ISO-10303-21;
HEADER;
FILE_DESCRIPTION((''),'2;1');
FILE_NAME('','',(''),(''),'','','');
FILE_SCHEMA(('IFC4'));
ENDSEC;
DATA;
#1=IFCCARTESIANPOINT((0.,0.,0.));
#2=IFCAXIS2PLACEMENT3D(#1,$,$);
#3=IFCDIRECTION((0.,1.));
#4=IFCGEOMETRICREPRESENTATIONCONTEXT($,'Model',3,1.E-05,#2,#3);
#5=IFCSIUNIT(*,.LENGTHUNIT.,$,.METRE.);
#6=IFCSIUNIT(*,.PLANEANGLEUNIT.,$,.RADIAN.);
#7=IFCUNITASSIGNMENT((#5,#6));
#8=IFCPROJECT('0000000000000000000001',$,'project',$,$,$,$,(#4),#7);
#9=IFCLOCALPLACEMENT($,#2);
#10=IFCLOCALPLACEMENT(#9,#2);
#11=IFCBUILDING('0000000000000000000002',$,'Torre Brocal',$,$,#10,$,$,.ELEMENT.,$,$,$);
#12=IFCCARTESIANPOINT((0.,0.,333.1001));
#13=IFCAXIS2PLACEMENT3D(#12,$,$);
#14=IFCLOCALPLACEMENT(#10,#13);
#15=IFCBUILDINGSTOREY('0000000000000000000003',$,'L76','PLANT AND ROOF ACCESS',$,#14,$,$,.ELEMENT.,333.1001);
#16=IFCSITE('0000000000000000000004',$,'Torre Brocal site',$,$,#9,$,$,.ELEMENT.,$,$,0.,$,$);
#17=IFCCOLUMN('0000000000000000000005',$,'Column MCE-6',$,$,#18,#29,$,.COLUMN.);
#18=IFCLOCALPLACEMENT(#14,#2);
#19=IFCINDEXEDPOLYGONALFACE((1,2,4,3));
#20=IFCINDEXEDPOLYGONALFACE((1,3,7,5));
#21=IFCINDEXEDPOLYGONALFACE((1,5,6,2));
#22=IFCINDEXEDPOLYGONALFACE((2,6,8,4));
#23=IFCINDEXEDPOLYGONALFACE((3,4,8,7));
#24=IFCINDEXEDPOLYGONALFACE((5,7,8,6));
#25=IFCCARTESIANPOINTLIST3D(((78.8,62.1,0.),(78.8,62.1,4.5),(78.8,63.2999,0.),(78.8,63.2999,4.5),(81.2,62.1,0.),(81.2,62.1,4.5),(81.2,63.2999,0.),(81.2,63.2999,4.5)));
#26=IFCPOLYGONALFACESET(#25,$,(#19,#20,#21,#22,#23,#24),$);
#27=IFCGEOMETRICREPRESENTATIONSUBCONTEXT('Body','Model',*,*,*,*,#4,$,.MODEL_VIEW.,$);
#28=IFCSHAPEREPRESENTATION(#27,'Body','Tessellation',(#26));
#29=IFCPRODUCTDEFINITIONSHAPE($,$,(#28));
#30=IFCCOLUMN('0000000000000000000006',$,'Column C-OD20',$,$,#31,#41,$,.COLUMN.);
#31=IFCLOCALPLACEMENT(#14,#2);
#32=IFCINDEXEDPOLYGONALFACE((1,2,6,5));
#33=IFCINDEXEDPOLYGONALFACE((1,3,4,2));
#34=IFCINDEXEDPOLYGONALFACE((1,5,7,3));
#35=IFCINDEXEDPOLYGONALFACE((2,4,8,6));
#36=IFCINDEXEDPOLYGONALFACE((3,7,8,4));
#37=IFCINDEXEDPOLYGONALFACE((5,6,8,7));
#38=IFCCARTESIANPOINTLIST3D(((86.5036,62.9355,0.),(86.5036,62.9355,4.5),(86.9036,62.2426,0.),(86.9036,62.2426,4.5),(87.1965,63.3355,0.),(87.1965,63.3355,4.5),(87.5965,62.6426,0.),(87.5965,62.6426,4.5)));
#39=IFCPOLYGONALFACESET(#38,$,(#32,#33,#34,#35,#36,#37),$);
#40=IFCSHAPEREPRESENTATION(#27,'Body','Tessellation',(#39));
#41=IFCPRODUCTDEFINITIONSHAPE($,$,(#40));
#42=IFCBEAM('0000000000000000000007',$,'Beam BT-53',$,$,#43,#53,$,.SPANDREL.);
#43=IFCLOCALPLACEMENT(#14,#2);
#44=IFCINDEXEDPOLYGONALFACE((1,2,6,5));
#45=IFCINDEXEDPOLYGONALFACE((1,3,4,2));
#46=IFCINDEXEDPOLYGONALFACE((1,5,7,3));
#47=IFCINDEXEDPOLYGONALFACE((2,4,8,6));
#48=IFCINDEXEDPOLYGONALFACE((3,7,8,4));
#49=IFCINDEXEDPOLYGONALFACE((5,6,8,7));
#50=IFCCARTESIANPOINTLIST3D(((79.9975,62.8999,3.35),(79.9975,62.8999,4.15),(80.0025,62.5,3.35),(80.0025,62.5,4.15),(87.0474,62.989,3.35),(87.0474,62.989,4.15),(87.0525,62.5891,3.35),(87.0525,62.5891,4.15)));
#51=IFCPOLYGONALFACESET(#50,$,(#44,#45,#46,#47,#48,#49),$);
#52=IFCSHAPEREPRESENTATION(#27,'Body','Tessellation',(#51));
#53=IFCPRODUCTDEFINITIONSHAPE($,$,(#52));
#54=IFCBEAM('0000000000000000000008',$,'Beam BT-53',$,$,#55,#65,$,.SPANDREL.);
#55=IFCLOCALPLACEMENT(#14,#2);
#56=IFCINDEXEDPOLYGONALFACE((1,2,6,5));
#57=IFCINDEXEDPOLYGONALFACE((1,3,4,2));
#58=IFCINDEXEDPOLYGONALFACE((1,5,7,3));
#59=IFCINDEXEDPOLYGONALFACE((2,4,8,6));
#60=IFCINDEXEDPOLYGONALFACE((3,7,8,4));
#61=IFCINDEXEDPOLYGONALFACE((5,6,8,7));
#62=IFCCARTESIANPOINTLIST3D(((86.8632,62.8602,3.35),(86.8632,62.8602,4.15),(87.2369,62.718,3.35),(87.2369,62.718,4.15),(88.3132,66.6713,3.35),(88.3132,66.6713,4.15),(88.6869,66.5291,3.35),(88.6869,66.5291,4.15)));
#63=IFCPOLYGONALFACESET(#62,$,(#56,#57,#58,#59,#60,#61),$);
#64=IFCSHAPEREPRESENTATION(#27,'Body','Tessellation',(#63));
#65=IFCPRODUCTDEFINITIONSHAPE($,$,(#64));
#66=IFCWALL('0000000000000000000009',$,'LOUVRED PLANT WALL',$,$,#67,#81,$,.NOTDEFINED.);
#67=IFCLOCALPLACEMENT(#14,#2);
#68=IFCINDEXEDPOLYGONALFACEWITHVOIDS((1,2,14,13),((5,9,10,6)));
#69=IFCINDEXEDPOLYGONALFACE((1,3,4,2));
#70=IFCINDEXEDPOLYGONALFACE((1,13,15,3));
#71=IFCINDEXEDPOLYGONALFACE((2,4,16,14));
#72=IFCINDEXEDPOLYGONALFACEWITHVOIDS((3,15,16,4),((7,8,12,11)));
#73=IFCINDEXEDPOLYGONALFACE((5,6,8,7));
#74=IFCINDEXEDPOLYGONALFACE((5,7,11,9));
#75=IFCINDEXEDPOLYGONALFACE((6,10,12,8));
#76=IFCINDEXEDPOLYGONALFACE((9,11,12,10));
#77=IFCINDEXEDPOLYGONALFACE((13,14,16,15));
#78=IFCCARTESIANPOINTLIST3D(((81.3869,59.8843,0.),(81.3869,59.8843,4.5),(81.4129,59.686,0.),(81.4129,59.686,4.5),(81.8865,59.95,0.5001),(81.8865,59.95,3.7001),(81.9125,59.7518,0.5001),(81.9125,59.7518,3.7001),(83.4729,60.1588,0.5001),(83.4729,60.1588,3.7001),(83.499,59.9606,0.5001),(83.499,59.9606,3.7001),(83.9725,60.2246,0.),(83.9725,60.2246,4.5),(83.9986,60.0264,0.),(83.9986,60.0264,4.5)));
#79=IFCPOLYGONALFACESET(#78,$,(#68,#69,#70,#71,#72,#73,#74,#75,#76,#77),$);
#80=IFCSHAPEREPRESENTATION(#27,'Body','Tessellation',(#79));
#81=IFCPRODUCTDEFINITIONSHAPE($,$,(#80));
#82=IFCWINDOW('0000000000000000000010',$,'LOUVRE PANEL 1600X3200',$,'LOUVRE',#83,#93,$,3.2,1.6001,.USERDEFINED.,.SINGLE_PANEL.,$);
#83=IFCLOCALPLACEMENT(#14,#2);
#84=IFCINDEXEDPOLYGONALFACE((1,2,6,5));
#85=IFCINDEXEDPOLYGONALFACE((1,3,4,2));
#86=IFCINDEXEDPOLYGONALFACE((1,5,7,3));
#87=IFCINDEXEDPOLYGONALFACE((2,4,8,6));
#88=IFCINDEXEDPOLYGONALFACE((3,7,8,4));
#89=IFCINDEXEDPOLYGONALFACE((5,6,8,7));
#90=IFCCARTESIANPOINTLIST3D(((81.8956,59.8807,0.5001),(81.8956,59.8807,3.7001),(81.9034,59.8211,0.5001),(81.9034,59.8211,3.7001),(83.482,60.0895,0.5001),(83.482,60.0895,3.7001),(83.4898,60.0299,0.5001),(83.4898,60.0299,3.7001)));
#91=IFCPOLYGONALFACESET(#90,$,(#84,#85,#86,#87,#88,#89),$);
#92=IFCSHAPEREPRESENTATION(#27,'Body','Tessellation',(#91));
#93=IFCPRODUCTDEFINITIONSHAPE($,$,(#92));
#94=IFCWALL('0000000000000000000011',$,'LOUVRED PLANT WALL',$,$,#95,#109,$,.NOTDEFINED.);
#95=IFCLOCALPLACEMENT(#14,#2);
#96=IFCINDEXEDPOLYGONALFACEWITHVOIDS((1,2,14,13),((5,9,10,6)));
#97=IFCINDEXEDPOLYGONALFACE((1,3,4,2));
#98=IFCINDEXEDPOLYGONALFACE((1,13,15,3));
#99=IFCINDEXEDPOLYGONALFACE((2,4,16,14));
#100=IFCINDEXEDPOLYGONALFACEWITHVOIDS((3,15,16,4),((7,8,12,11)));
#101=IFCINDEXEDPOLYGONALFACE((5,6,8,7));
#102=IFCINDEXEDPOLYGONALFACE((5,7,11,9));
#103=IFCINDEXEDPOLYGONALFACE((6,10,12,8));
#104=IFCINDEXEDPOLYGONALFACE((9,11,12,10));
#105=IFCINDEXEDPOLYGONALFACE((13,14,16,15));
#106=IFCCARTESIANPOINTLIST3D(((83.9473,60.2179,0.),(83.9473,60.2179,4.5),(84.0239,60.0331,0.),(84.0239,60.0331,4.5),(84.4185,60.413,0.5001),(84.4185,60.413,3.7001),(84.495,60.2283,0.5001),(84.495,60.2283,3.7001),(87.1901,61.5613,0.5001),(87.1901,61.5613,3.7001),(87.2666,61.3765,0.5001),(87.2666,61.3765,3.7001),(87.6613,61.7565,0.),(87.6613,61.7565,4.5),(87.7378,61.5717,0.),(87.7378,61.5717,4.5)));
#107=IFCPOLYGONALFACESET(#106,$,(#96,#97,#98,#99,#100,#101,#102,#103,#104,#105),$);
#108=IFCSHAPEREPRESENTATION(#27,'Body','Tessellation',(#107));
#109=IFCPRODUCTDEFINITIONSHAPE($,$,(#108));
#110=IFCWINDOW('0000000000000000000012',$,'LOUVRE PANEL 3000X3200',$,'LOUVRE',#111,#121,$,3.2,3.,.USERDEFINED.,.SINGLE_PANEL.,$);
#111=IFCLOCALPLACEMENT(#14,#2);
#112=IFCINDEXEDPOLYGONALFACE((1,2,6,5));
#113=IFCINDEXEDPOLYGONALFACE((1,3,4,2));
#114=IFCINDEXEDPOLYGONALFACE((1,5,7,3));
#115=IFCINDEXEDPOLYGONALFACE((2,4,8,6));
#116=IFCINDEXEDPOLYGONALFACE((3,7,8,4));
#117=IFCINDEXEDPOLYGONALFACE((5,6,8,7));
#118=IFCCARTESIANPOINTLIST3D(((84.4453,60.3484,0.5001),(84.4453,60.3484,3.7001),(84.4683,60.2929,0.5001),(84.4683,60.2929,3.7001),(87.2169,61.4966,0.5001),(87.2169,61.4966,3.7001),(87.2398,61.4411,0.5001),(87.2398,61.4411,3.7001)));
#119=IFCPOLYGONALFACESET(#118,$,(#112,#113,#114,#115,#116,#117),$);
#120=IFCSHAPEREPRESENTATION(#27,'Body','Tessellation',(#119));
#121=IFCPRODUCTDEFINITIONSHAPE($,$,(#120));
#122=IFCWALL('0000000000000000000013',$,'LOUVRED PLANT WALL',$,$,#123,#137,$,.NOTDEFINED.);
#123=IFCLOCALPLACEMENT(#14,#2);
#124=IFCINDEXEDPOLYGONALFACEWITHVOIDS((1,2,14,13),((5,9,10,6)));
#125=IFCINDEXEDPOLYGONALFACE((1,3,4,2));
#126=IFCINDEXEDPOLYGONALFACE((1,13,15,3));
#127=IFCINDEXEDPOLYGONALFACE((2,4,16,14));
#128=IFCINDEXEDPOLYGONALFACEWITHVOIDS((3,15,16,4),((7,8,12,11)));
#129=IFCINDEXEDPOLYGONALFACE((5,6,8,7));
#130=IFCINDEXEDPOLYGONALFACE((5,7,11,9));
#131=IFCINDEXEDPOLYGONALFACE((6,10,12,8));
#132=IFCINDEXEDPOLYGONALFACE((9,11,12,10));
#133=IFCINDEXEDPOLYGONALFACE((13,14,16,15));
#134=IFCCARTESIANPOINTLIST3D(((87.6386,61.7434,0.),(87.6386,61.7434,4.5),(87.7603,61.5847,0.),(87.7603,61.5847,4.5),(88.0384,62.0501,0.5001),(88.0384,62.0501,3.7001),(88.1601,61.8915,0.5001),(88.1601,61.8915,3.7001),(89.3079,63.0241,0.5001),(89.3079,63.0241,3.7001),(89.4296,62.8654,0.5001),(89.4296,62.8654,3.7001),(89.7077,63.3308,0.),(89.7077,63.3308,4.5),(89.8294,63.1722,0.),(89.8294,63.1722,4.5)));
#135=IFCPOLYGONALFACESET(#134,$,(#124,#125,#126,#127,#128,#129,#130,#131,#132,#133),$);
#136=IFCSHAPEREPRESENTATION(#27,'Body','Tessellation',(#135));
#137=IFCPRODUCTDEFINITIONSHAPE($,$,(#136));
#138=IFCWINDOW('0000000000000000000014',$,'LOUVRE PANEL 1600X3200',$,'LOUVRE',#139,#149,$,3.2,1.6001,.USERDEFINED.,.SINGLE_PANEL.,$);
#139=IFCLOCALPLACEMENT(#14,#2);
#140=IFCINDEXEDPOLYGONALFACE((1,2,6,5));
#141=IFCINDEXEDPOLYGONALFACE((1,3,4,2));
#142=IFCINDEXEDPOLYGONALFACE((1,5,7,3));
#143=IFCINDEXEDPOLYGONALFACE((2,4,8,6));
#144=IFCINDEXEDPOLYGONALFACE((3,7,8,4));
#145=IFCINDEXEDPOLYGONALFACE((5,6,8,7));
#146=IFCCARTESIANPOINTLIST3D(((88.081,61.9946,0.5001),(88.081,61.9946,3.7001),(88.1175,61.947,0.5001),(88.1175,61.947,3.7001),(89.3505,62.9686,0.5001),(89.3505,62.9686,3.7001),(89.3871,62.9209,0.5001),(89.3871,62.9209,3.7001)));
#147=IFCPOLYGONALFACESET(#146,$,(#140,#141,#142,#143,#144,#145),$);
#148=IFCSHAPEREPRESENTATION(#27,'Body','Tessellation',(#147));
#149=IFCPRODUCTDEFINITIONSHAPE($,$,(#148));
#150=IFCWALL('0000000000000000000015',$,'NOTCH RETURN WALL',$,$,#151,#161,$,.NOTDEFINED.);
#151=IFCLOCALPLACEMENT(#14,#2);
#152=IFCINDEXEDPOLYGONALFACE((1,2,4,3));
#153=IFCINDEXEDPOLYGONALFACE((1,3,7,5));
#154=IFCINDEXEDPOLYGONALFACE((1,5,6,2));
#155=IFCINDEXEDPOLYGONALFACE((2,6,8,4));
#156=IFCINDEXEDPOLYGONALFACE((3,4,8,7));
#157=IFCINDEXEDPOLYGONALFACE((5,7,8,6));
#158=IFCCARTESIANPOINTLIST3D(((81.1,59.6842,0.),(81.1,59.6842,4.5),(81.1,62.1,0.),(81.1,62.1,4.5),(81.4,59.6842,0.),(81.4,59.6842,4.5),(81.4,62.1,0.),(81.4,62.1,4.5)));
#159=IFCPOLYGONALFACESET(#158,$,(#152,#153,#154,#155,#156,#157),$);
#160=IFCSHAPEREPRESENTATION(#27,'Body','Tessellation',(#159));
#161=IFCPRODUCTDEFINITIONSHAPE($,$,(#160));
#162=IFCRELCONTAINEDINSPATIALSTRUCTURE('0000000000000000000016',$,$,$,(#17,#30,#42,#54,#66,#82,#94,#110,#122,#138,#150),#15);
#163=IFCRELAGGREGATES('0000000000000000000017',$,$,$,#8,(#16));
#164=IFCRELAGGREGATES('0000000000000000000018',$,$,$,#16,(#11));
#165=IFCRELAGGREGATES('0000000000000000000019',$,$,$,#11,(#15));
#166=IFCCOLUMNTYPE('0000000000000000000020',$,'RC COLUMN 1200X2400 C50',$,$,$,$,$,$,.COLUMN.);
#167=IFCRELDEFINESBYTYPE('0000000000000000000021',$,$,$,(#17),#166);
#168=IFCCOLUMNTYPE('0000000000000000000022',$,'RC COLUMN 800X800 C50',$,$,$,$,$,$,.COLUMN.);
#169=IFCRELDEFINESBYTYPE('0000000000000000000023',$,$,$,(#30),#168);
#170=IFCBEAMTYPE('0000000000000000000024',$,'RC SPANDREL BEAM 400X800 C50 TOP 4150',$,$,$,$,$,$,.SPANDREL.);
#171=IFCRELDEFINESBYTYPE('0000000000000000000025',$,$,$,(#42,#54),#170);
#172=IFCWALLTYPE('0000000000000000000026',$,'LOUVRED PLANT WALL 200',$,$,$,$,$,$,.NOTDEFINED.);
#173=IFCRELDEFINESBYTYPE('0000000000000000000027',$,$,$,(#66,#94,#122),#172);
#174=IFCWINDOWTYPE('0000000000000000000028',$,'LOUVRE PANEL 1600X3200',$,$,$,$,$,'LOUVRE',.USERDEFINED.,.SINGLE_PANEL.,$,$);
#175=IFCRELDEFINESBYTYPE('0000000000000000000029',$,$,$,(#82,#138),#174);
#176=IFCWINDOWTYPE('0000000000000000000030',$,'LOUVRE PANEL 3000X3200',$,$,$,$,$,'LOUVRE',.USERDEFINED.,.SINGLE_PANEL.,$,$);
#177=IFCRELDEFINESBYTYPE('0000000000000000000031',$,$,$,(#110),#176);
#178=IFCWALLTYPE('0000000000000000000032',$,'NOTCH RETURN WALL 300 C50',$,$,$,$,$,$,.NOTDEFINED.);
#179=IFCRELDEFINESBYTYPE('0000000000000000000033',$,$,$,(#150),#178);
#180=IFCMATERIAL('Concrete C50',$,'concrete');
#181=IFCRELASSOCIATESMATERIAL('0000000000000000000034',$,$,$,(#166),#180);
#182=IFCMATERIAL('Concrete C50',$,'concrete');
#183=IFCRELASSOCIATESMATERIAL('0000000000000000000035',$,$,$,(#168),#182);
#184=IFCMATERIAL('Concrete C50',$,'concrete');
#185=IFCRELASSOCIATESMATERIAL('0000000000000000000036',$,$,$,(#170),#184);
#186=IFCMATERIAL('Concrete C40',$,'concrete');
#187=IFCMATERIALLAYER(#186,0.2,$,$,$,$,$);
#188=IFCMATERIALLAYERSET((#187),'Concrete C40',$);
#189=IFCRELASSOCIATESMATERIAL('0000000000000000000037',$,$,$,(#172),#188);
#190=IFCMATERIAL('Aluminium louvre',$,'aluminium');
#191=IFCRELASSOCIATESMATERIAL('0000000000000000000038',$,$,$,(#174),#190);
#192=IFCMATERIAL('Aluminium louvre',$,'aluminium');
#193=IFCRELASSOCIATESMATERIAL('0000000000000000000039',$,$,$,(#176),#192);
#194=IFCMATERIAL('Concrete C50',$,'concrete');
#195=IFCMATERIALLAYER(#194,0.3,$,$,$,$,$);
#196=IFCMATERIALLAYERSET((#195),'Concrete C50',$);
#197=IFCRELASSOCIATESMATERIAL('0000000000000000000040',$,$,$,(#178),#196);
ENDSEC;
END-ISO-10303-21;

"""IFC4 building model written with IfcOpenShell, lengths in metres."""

from ifc_helpers import new_model, si_unit, direction, frame, frame_2d, origin, origin_2d, place, context, subcontext, project, spatial, rectangle, extrude, material, layer, layer_set, material_profile, profile_set, type_object, element, fill, save


model = new_model("IFC4")

# Units and contexts
model_context = context("Model", 3, precision=1e-05, world=origin(), true_north=direction((0.0, 1.0)))
body_context = subcontext(model_context, "Body", "Model", "MODEL_VIEW")
ifc_project = project(units=[si_unit("LENGTHUNIT", "METRE"), si_unit("PLANEANGLEUNIT", "RADIAN")], contexts=[model_context])

# Site, building, storey
site_placement = place(None, origin())
site = spatial("IfcSite", under=ifc_project, at=site_placement, Name="Torre Brocal site", CompositionType="ELEMENT", RefElevation=0.0)
building_placement = place(site_placement, origin())
building = spatial("IfcBuilding", under=site, at=building_placement, Name="Torre Brocal", CompositionType="ELEMENT")
storey_placement = place(building_placement, frame((0.0, 0.0, 333.1001)))
storey = spatial("IfcBuildingStorey", under=building, at=storey_placement, Name="L76", Description="PLANT AND ROOF ACCESS", CompositionType="ELEMENT", Elevation=333.1001)

# Columns
ifc_material_1 = material(Name="Concrete C50", Category="concrete")
ifc_material_profile_1 = material_profile(ifc_material_1, rectangle(XDim=1.2, YDim=2.3999, at=origin_2d()), Name="RC 1200X2400")
ifc_profile_set_1 = profile_set([ifc_material_profile_1], Name="Concrete C50")
column_type_1 = type_object("IfcColumnType", Name="RC COLUMN 1200X2400 C50", PredefinedType="COLUMN", material=ifc_profile_set_1)
column_1_placement = place(storey_placement, frame((80.0, 62.7, 0.0), z_axis=(0.0, 0.0, 1.0), x_axis=(0.0, -1.0, 0.0)))
element("IfcColumn", 1, at=column_1_placement, inside=storey, type_object=column_type_1, Name="Column MCE-6", PredefinedType="COLUMN", context=body_context, shape_type="SweptSolid", body=[
    extrude(rectangle(XDim=1.2, YDim=2.3999, at=origin_2d()), origin(), (0.0, 0.0, 1.0), 4.5),
])
ifc_material_2 = material(Name="Concrete C50", Category="concrete")
ifc_material_profile_2 = material_profile(ifc_material_2, rectangle(XDim=0.8, YDim=0.8, at=origin_2d()), Name="RC 800X800")
ifc_profile_set_2 = profile_set([ifc_material_profile_2], Name="Concrete C50")
column_type_2 = type_object("IfcColumnType", Name="RC COLUMN 800X800 C50", PredefinedType="COLUMN", material=ifc_profile_set_2)
column_2_placement = place(storey_placement, frame((87.05, 62.7891, 0.0), z_axis=(0.0, 0.0, 1.0), x_axis=(0.5, -0.866025, 0.0)))
element("IfcColumn", 2, at=column_2_placement, inside=storey, type_object=column_type_2, Name="Column C-OD20", PredefinedType="COLUMN", context=body_context, shape_type="SweptSolid", body=[
    extrude(rectangle(XDim=0.8, YDim=0.8, at=origin_2d()), origin(), (0.0, 0.0, 1.0), 4.5),
])

# Beams
ifc_material_3 = material(Name="Concrete C50", Category="concrete")
ifc_material_profile_3 = material_profile(ifc_material_3, rectangle(XDim=0.3999, YDim=0.8, at=origin_2d()), Name="RC 400X800")
ifc_profile_set_3 = profile_set([ifc_material_profile_3], Name="Concrete C50")
beam_type = type_object("IfcBeamType", Name="RC SPANDREL BEAM 400X800 C50 TOP 4150", PredefinedType="SPANDREL", material=ifc_profile_set_3)
beam_1_placement = place(storey_placement, frame((80.0, 62.7, 3.75), z_axis=(0.99992, 0.012639, 0.0), x_axis=(-0.012639, 0.99992, 0.0)))
element("IfcBeam", 3, at=beam_1_placement, inside=storey, type_object=beam_type, Name="Beam BT-53", PredefinedType="SPANDREL", context=body_context, shape_type="SweptSolid", body=[
    extrude(rectangle(XDim=0.3999, YDim=0.8, at=origin_2d()), origin(), (0.0, 0.0, 1.0), 7.0505),
])
beam_2_placement = place(storey_placement, frame((87.05, 62.7891, 3.75), z_axis=(0.355594, 0.93464, 0.0), x_axis=(-0.93464, 0.355594, 0.0)))
element("IfcBeam", 4, at=beam_2_placement, inside=storey, type_object=beam_type, Name="Beam BT-53", PredefinedType="SPANDREL", context=body_context, shape_type="SweptSolid", body=[
    extrude(rectangle(XDim=0.3999, YDim=0.8, at=origin_2d()), origin(), (0.0, 0.0, 1.0), 4.0776),
])

# Walls, openings, windows
ifc_material_4 = material(Name="Concrete C40", Category="concrete")
ifc_layer_1 = layer(ifc_material_4, 0.2)
ifc_layer_set_1 = layer_set([ifc_layer_1], Name="Concrete C40")
wall_type_1 = type_object("IfcWallType", Name="LOUVRED PLANT WALL 200", PredefinedType="NOTDEFINED", material=ifc_layer_set_1)
wall_1_placement = place(storey_placement, frame((81.3999, 59.7852, 0.0), z_axis=(0.0, 0.0, 1.0), x_axis=(0.991449, 0.130496, 0.0)))
wall_1 = element("IfcWall", 5, at=wall_1_placement, inside=storey, type_object=wall_type_1, Name="LOUVRED PLANT WALL", PredefinedType="NOTDEFINED", context=body_context, shape_type="SweptSolid", body=[
    extrude(rectangle(XDim=2.6079, YDim=0.2, at=frame_2d((1.304, 0.0))), origin(), (0.0, 0.0, 1.0), 4.5),
])
opening_1_placement = place(wall_1_placement, frame((0.5039, 0.0, 0.5)))
opening_1 = element("IfcOpeningElement", 6, at=opening_1_placement, cuts=wall_1, PredefinedType="OPENING", context=body_context, shape_type="SweptSolid", body=[
    extrude(rectangle(XDim=1.6001, YDim=3.2, at=frame_2d((0.8, 1.6001))), frame((0.0, 0.1099, 0.0), z_axis=(0.0, -1.0, 0.0), x_axis=(1.0, 0.0, 0.0)), (0.0, 0.0, 1.0), 0.22),
])
ifc_material_5 = material(Name="Aluminium louvre", Category="aluminium")
window_type_1 = type_object("IfcWindowType", Name="LOUVRE PANEL 1600X3200", ElementType="LOUVRE", PartitioningType="SINGLE_PANEL", PredefinedType="USERDEFINED", material=ifc_material_5)
window_1_placement = place(opening_1_placement, origin())
window_1 = element("IfcWindow", 7, at=window_1_placement, inside=storey, type_object=window_type_1, Name="LOUVRE PANEL 1600X3200", ObjectType="LOUVRE", OverallHeight=3.2, OverallWidth=1.6001, PartitioningType="SINGLE_PANEL", PredefinedType="USERDEFINED", context=body_context, shape_type="SweptSolid", body=[
    extrude(rectangle(XDim=1.6001, YDim=3.2, at=frame_2d((0.8, 1.6001))), frame((0.0, 0.03, 0.0), z_axis=(0.0, -1.0, 0.0), x_axis=(1.0, 0.0, 0.0)), (0.0, 0.0, 1.0), 0.0601),
])
fill(opening_1, window_1)
wall_2_placement = place(storey_placement, frame((83.9856, 60.1255, 0.0), z_axis=(0.0, 0.0, 1.0), x_axis=(0.923858, 0.382734, 0.0)))
wall_2 = element("IfcWall", 8, at=wall_2_placement, inside=storey, type_object=wall_type_1, Name="LOUVRED PLANT WALL", PredefinedType="NOTDEFINED", context=body_context, shape_type="SweptSolid", body=[
    extrude(rectangle(XDim=4.02, YDim=0.2, at=frame_2d((2.01, 0.0))), origin(), (0.0, 0.0, 1.0), 4.5),
])
opening_2_placement = place(wall_2_placement, frame((0.51, 0.0, 0.5)))
opening_2 = element("IfcOpeningElement", 9, at=opening_2_placement, cuts=wall_2, PredefinedType="OPENING", context=body_context, shape_type="SweptSolid", body=[
    extrude(rectangle(XDim=3.0, YDim=3.2, at=frame_2d((1.5, 1.6001))), frame((0.0, 0.1099, 0.0), z_axis=(0.0, -1.0, 0.0), x_axis=(1.0, 0.0, 0.0)), (0.0, 0.0, 1.0), 0.22),
])
ifc_material_6 = material(Name="Aluminium louvre", Category="aluminium")
window_type_2 = type_object("IfcWindowType", Name="LOUVRE PANEL 3000X3200", ElementType="LOUVRE", PartitioningType="SINGLE_PANEL", PredefinedType="USERDEFINED", material=ifc_material_6)
window_2_placement = place(opening_2_placement, origin())
window_2 = element("IfcWindow", 10, at=window_2_placement, inside=storey, type_object=window_type_2, Name="LOUVRE PANEL 3000X3200", ObjectType="LOUVRE", OverallHeight=3.2, OverallWidth=3.0, PartitioningType="SINGLE_PANEL", PredefinedType="USERDEFINED", context=body_context, shape_type="SweptSolid", body=[
    extrude(rectangle(XDim=3.0, YDim=3.2, at=frame_2d((1.5, 1.6001))), frame((0.0, 0.03, 0.0), z_axis=(0.0, -1.0, 0.0), x_axis=(1.0, 0.0, 0.0)), (0.0, 0.0, 1.0), 0.0601),
])
fill(opening_2, window_2)
wall_3_placement = place(storey_placement, frame((87.6995, 61.6641, 0.0), z_axis=(0.0, 0.0, 1.0), x_axis=(0.793403, 0.608697, 0.0)))
wall_3 = element("IfcWall", 11, at=wall_3_placement, inside=storey, type_object=wall_type_1, Name="LOUVRED PLANT WALL", PredefinedType="NOTDEFINED", context=body_context, shape_type="SweptSolid", body=[
    extrude(rectangle(XDim=2.6079, YDim=0.2, at=frame_2d((1.304, 0.0))), origin(), (0.0, 0.0, 1.0), 4.5),
])
opening_3_placement = place(wall_3_placement, frame((0.5039, 0.0, 0.5)))
opening_3 = element("IfcOpeningElement", 12, at=opening_3_placement, cuts=wall_3, PredefinedType="OPENING", context=body_context, shape_type="SweptSolid", body=[
    extrude(rectangle(XDim=1.6001, YDim=3.2, at=frame_2d((0.8, 1.6001))), frame((0.0, 0.1099, 0.0), z_axis=(0.0, -1.0, 0.0), x_axis=(1.0, 0.0, 0.0)), (0.0, 0.0, 1.0), 0.22),
])
window_3_placement = place(opening_3_placement, origin())
window_3 = element("IfcWindow", 13, at=window_3_placement, inside=storey, type_object=window_type_1, Name="LOUVRE PANEL 1600X3200", ObjectType="LOUVRE", OverallHeight=3.2, OverallWidth=1.6001, PartitioningType="SINGLE_PANEL", PredefinedType="USERDEFINED", context=body_context, shape_type="SweptSolid", body=[
    extrude(rectangle(XDim=1.6001, YDim=3.2, at=frame_2d((0.8, 1.6001))), frame((0.0, 0.03, 0.0), z_axis=(0.0, -1.0, 0.0), x_axis=(1.0, 0.0, 0.0)), (0.0, 0.0, 1.0), 0.0601),
])
fill(opening_3, window_3)

# Wall
ifc_material_7 = material(Name="Concrete C50", Category="concrete")
ifc_layer_2 = layer(ifc_material_7, 0.3)
ifc_layer_set_2 = layer_set([ifc_layer_2], Name="Concrete C50")
wall_type_2 = type_object("IfcWallType", Name="NOTCH RETURN WALL 300 C50", PredefinedType="NOTDEFINED", material=ifc_layer_set_2)
wall_4_placement = place(storey_placement, frame((81.25, 62.1001, 0.0), z_axis=(0.0, 0.0, 1.0), x_axis=(0.0, -1.0, 0.0)))
element("IfcWall", 14, at=wall_4_placement, inside=storey, type_object=wall_type_2, Name="NOTCH RETURN WALL", PredefinedType="NOTDEFINED", context=body_context, shape_type="SweptSolid", body=[
    extrude(rectangle(XDim=2.4158, YDim=0.3, at=frame_2d((1.208, 0.0))), origin(), (0.0, 0.0, 1.0), 4.5),
])

save(model, "model.ifc")
